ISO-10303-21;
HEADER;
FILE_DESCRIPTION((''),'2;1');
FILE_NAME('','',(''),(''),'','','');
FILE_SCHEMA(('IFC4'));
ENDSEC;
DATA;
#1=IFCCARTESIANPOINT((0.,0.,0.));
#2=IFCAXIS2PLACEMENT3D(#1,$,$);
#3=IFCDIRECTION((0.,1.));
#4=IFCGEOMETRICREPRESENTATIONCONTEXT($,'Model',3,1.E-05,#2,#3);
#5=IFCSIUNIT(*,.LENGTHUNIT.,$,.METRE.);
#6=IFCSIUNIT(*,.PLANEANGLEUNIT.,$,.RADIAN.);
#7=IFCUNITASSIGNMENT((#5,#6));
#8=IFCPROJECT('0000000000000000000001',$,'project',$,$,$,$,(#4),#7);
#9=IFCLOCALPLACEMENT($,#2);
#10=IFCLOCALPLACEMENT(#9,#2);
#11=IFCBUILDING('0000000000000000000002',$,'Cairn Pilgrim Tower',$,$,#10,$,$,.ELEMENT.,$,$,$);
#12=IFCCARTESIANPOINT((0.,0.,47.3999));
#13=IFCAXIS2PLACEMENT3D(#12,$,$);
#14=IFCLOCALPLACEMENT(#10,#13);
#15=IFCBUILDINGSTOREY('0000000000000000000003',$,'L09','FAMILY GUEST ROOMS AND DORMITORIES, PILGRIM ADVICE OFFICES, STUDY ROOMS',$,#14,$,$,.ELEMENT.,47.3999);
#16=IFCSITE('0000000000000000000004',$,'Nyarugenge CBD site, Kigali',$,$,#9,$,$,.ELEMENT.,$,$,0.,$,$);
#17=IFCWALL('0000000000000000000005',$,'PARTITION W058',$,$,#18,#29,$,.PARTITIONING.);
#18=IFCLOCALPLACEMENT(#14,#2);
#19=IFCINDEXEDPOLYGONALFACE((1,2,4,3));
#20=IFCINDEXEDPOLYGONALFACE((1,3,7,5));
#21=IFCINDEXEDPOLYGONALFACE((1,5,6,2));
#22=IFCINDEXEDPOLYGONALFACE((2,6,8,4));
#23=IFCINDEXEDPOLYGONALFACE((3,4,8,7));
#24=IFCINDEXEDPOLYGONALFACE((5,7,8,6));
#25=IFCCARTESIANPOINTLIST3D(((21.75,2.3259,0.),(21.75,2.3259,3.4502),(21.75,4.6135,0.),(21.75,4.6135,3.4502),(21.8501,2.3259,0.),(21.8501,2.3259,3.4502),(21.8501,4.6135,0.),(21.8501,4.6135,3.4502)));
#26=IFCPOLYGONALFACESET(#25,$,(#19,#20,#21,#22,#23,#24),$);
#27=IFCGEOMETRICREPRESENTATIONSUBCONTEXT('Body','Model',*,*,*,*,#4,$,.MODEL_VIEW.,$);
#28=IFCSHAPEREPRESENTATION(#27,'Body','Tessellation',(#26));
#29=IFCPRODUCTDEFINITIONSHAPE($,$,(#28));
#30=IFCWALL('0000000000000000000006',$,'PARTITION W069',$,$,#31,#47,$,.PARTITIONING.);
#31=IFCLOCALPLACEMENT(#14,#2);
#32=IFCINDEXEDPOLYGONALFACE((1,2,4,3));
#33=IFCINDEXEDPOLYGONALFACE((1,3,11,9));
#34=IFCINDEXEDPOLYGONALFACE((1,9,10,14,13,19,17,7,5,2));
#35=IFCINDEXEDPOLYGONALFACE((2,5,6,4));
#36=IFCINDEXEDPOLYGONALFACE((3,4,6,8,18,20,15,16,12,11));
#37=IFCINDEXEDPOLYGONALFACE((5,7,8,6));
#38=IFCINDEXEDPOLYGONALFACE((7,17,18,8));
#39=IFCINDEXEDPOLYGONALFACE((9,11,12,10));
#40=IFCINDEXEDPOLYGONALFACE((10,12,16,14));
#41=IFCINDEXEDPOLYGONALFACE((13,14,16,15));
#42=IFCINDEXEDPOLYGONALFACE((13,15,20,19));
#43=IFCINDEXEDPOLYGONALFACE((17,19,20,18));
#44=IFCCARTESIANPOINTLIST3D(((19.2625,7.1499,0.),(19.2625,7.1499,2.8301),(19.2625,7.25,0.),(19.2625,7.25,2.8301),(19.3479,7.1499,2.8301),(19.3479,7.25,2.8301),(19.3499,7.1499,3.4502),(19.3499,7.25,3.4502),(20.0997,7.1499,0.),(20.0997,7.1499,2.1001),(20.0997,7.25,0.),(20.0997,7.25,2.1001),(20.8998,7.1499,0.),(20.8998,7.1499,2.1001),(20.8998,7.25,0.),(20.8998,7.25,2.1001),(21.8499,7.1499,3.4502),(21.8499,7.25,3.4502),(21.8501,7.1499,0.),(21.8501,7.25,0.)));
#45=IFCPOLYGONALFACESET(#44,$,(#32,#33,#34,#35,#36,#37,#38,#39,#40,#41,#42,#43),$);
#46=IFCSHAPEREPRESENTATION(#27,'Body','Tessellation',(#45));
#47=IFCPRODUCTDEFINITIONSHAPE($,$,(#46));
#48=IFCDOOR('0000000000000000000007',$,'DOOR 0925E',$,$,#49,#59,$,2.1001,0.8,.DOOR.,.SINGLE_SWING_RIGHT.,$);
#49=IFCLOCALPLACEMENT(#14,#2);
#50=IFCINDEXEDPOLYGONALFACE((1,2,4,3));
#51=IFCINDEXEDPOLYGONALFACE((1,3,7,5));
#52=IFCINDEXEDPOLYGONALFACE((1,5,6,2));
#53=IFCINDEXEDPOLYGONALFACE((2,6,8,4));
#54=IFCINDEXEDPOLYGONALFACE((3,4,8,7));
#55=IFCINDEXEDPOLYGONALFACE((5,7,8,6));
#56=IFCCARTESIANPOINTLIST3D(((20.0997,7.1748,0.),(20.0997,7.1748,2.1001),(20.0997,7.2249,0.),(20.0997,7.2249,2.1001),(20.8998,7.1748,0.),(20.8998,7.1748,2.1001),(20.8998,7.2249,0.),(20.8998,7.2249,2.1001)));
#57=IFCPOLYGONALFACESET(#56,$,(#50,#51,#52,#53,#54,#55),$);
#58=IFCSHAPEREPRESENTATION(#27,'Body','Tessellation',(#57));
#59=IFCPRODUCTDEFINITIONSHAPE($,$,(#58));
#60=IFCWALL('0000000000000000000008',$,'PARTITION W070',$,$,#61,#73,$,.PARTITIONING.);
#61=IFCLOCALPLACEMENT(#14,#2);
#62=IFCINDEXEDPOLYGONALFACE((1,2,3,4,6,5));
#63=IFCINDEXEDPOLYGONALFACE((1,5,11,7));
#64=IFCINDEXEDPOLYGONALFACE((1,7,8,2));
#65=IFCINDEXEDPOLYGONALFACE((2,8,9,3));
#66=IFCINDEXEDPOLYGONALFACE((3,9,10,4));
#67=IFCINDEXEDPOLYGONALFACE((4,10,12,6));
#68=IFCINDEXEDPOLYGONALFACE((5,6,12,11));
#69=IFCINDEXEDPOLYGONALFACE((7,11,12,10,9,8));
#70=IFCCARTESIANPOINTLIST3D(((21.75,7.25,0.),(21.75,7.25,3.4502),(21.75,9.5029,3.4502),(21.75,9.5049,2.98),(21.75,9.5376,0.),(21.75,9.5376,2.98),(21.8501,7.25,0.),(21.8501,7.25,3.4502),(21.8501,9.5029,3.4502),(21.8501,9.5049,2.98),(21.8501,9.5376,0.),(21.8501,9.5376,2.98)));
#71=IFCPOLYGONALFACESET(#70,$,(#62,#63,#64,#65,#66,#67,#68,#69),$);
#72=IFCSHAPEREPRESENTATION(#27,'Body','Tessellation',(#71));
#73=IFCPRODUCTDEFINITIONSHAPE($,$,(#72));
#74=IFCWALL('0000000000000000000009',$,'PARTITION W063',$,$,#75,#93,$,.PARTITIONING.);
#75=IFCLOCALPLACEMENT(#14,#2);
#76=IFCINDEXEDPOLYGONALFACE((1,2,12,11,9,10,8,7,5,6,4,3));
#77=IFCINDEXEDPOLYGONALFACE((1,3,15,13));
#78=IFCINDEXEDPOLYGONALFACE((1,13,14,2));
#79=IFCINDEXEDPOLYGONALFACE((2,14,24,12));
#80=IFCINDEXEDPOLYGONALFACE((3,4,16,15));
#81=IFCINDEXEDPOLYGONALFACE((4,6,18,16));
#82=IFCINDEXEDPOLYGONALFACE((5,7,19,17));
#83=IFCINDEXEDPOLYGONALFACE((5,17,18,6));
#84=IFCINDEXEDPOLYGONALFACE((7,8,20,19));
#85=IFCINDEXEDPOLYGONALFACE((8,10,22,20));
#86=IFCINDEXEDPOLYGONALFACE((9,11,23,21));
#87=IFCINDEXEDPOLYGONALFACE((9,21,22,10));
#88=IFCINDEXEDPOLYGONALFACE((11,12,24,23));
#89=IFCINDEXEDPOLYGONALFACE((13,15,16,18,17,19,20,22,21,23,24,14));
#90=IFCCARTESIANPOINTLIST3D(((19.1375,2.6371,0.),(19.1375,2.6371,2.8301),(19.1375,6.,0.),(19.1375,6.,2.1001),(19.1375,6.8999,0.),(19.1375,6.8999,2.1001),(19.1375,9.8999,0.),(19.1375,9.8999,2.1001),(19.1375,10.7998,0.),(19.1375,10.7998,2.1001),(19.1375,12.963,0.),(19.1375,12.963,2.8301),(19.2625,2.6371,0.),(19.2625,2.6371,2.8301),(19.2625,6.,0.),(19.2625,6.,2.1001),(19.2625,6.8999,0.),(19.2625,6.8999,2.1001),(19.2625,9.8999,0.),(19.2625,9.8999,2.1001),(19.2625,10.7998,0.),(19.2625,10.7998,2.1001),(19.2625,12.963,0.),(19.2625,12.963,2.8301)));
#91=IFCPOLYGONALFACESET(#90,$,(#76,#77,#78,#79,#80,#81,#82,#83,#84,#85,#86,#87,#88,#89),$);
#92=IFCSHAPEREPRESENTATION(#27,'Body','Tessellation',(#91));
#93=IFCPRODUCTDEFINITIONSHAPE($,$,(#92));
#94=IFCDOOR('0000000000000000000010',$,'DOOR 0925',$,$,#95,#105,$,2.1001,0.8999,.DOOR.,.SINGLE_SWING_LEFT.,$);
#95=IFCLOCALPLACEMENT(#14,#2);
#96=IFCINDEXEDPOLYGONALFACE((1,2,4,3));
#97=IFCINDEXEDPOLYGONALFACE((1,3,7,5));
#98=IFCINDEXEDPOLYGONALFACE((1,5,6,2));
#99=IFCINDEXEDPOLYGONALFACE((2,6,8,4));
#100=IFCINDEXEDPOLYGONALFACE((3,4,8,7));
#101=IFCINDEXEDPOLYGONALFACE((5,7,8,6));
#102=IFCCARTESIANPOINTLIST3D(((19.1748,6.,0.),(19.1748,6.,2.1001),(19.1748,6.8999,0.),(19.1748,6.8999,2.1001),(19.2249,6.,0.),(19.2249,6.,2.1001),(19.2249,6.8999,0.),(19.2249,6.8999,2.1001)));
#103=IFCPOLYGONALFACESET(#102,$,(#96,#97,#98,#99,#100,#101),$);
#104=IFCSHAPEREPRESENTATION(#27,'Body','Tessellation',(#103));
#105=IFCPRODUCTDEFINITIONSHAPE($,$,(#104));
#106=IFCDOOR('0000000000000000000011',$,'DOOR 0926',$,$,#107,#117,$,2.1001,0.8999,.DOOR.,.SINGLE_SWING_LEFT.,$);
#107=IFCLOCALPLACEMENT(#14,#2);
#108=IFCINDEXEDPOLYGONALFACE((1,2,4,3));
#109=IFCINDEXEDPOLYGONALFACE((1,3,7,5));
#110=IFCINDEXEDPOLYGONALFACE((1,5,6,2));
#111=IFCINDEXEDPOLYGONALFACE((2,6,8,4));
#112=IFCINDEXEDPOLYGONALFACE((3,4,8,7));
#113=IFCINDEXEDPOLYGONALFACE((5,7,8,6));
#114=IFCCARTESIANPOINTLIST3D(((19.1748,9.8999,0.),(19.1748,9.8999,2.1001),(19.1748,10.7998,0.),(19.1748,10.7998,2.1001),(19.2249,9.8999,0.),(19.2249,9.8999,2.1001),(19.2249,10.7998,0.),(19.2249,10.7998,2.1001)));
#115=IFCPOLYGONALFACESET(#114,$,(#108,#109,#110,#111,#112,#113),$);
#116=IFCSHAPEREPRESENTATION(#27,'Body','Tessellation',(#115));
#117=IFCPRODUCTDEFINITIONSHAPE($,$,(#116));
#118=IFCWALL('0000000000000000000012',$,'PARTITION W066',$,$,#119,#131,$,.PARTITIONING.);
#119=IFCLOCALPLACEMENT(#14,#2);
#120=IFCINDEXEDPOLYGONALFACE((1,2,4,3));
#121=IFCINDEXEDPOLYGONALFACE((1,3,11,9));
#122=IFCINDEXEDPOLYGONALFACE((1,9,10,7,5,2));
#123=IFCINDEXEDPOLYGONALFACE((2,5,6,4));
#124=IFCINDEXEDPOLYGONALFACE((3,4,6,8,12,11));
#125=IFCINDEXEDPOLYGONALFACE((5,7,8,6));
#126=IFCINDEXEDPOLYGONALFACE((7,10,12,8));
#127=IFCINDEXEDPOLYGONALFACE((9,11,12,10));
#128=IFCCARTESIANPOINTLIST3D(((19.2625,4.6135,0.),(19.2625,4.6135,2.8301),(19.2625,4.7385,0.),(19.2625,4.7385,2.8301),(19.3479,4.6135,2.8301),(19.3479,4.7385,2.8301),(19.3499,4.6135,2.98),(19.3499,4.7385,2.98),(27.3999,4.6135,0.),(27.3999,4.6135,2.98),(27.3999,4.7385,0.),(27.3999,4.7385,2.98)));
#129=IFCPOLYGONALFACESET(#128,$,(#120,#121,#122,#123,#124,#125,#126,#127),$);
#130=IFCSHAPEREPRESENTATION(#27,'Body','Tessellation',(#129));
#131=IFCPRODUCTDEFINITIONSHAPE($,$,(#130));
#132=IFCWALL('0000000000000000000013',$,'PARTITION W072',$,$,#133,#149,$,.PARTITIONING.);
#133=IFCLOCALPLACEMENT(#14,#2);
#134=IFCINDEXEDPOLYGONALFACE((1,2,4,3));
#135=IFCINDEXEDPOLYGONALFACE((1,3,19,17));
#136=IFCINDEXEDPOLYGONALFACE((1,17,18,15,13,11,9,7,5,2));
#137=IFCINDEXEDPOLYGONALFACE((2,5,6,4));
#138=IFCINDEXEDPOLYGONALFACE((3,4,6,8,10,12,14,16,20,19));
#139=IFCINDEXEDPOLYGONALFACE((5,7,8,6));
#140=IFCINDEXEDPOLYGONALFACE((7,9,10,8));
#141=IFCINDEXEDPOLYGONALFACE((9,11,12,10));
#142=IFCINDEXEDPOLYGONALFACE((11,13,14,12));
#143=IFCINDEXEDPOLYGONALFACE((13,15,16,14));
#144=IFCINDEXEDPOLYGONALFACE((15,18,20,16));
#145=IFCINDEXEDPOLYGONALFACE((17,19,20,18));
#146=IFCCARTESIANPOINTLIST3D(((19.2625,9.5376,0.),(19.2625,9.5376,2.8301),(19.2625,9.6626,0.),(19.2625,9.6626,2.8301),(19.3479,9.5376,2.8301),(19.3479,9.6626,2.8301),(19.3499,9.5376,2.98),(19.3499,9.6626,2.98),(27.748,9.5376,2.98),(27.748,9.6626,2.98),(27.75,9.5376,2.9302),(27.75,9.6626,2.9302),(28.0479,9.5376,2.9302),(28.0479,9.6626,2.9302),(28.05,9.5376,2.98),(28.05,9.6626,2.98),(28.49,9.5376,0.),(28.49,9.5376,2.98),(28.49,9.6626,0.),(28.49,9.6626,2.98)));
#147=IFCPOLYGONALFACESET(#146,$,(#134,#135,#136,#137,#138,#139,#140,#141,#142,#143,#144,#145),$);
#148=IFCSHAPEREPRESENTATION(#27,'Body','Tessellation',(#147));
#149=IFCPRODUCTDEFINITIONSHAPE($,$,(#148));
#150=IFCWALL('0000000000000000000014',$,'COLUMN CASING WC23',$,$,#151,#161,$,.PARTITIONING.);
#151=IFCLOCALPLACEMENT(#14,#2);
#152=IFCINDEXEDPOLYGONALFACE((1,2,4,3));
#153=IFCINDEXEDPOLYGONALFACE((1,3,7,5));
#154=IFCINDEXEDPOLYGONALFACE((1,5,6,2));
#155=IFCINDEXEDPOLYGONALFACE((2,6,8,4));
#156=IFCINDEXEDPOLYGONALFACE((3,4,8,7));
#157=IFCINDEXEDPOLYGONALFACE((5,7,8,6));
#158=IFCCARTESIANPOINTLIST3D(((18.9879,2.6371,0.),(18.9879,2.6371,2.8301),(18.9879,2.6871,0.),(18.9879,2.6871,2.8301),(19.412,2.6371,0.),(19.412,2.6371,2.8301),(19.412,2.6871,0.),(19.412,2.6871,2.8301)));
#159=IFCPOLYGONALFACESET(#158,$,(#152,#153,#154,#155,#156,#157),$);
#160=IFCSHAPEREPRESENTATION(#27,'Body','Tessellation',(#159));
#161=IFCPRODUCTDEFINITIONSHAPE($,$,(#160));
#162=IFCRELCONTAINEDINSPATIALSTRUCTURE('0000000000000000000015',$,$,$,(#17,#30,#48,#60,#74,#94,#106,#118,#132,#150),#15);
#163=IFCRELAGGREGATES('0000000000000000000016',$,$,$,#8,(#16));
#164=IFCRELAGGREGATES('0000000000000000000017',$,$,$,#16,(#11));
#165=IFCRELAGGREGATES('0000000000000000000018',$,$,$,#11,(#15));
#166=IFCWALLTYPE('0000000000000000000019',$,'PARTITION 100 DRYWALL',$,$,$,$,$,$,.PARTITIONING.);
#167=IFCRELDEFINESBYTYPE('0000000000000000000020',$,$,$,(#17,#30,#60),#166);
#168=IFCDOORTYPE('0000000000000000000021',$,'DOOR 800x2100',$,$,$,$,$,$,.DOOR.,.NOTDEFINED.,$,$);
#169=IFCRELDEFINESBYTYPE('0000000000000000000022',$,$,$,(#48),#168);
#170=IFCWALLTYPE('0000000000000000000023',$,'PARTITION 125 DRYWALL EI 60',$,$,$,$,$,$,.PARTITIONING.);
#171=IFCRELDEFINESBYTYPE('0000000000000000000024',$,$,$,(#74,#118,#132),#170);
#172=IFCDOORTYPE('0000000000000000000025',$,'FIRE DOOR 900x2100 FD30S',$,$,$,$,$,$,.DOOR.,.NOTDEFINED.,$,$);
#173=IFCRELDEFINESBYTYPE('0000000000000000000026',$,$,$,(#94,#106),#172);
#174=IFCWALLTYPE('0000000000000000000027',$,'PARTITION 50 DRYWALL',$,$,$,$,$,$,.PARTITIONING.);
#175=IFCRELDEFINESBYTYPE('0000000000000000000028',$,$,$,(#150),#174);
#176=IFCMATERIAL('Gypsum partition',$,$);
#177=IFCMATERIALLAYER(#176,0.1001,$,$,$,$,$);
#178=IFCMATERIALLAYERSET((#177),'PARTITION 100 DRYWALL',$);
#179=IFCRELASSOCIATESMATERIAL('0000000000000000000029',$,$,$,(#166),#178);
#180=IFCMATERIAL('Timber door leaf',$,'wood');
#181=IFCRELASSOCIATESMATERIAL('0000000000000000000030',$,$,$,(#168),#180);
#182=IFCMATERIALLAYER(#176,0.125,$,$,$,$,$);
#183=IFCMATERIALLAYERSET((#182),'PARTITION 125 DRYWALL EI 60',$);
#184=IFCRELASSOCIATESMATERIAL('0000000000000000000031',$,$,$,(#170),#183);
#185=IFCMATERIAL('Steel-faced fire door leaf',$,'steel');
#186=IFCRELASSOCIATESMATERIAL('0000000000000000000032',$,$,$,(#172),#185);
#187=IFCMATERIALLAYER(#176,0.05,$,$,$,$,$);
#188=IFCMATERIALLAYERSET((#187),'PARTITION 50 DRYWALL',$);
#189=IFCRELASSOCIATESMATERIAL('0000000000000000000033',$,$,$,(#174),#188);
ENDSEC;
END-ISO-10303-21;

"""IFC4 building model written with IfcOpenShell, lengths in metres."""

from ifc_helpers import new_model, si_unit, direction, frame, frame_2d, origin, place, context, subcontext, project, spatial, polyline, rectangle, outline, extrude, material, layer, layer_set, type_object, element, fill, save


model = new_model("IFC4")

# Units and contexts
model_context = context("Model", 3, precision=1e-05, world=origin(), true_north=direction((0.0, 1.0)))
body_context = subcontext(model_context, "Body", "Model", "MODEL_VIEW")
ifc_project = project(units=[si_unit("LENGTHUNIT", "METRE"), si_unit("PLANEANGLEUNIT", "RADIAN")], contexts=[model_context])

# Site, building, storey
site_placement = place(None, origin())
site = spatial("IfcSite", under=ifc_project, at=site_placement, Name="Nyarugenge CBD site, Kigali", CompositionType="ELEMENT", RefElevation=0.0)
building_placement = place(site_placement, origin())
building = spatial("IfcBuilding", under=site, at=building_placement, Name="Cairn Pilgrim Tower", CompositionType="ELEMENT")
storey_placement = place(building_placement, frame((0.0, 0.0, 47.3999)))
storey = spatial("IfcBuildingStorey", under=building, at=storey_placement, Name="L09", Description="FAMILY GUEST ROOMS AND DORMITORIES, PILGRIM ADVICE OFFICES, STUDY ROOMS", CompositionType="ELEMENT", Elevation=47.3999)

# Shared definitions
ifc_material_1 = material(Name="Gypsum partition")
ifc_layer_1 = layer(ifc_material_1, 0.1001)
ifc_layer_set_1 = layer_set([ifc_layer_1], Name="PARTITION 100 DRYWALL")
wall_type_1 = type_object("IfcWallType", Name="PARTITION 100 DRYWALL", PredefinedType="PARTITIONING", material=ifc_layer_set_1)
ifc_material_2 = material(Name="Timber door leaf", Category="wood")
door_type_1 = type_object("IfcDoorType", Name="DOOR 800x2100", OperationType="NOTDEFINED", PredefinedType="DOOR", material=ifc_material_2)

# Wall
wall_1_placement = place(storey_placement, frame((21.8, 2.3259, 0.0), z_axis=(0.0, 0.0, 1.0), x_axis=(0.0, 1.0, 0.0)))
element("IfcWall", 1, at=wall_1_placement, inside=storey, type_object=wall_type_1, Name="PARTITION W058", PredefinedType="PARTITIONING", context=body_context, shape_type="SweptSolid", body=[
    extrude(rectangle(XDim=2.2876, YDim=0.1001, at=frame_2d((1.1438, 0.0))), origin(), (0.0, 0.0, 1.0), 3.4502),
])

# Wall, opening, door
wall_2_placement = place(storey_placement, frame((19.2625, 7.2, 0.0), z_axis=(0.0, 0.0, 1.0), x_axis=(1.0, 0.0, 0.0)))
wall_2 = element("IfcWall", 2, at=wall_2_placement, inside=storey, type_object=wall_type_1, Name="PARTITION W069", PredefinedType="PARTITIONING", context=body_context, shape_type="SweptSolid", body=[
    extrude(outline(polyline([(0.0, 0.0), (2.5876, 0.0), (2.5874, 3.4502), (0.0874, 3.4502), (0.0854, 2.8301), (0.0, 2.8301), (0.0, 0.0)])), frame((0.0, 0.05, 0.0), z_axis=(0.0, -1.0, 0.0), x_axis=(1.0, 0.0, 0.0)), (0.0, 0.0, 1.0), 0.1001),
])
opening_1_placement = place(wall_2_placement, frame((0.8374, 0.0, 0.0)))
opening_1 = element("IfcOpeningElement", 3, at=opening_1_placement, cuts=wall_2, PredefinedType="OPENING", context=body_context, shape_type="SweptSolid", body=[
    extrude(rectangle(XDim=0.8, YDim=2.1001, at=frame_2d((0.3999, 1.05))), frame((0.0, 0.0601, 0.0), z_axis=(0.0, -1.0, 0.0), x_axis=(1.0, 0.0, 0.0)), (0.0, 0.0, 1.0), 0.1201),
])
door_1_placement = place(opening_1_placement, origin())
door_1 = element("IfcDoor", 4, at=door_1_placement, inside=storey, type_object=door_type_1, Name="DOOR 0925E", OperationType="SINGLE_SWING_RIGHT", OverallHeight=2.1001, OverallWidth=0.8, PredefinedType="DOOR", context=body_context, shape_type="SweptSolid", body=[
    extrude(rectangle(XDim=0.8, YDim=2.1001, at=frame_2d((0.3999, 1.05))), frame((0.0, 0.0249, 0.0), z_axis=(0.0, -1.0, 0.0), x_axis=(1.0, 0.0, 0.0)), (0.0, 0.0, 1.0), 0.05),
])
fill(opening_1, door_1)

# Wall
wall_3_placement = place(storey_placement, frame((21.8, 7.25, 0.0), z_axis=(0.0, 0.0, 1.0), x_axis=(0.0, 1.0, 0.0)))
element("IfcWall", 5, at=wall_3_placement, inside=storey, type_object=wall_type_1, Name="PARTITION W070", PredefinedType="PARTITIONING", context=body_context, shape_type="SweptSolid", body=[
    extrude(outline(polyline([(0.0, 0.0), (2.2876, 0.0), (2.2876, 2.98), (2.2549, 2.98), (2.2529, 3.4502), (0.0, 3.4502), (0.0, 0.0)])), frame((0.0, 0.05, 0.0), z_axis=(0.0, -1.0, 0.0), x_axis=(1.0, 0.0, 0.0)), (0.0, 0.0, 1.0), 0.1001),
])

# Wall, openings, doors
ifc_layer_2 = layer(ifc_material_1, 0.125)
ifc_layer_set_2 = layer_set([ifc_layer_2], Name="PARTITION 125 DRYWALL EI 60")
wall_type_2 = type_object("IfcWallType", Name="PARTITION 125 DRYWALL EI 60", PredefinedType="PARTITIONING", material=ifc_layer_set_2)
wall_4_placement = place(storey_placement, frame((19.2, 2.637, 0.0), z_axis=(0.0, 0.0, 1.0), x_axis=(0.0, 1.0, 0.0)))
wall_4 = element("IfcWall", 6, at=wall_4_placement, inside=storey, type_object=wall_type_2, Name="PARTITION W063", PredefinedType="PARTITIONING", context=body_context, shape_type="SweptSolid", body=[
    extrude(rectangle(XDim=10.3259, YDim=0.125, at=frame_2d((5.1631, 0.0))), origin(), (0.0, 0.0, 1.0), 2.8301),
])
opening_2_placement = place(wall_4_placement, frame((3.363, 0.0, 0.0)))
opening_2 = element("IfcOpeningElement", 7, at=opening_2_placement, cuts=wall_4, PredefinedType="OPENING", context=body_context, shape_type="SweptSolid", body=[
    extrude(rectangle(XDim=0.8999, YDim=2.1001, at=frame_2d((0.45, 1.05))), frame((0.0, 0.0725, 0.0), z_axis=(0.0, -1.0, 0.0), x_axis=(1.0, 0.0, 0.0)), (0.0, 0.0, 1.0), 0.145),
])
opening_3_placement = place(wall_4_placement, frame((7.2629, 0.0, 0.0)))
opening_3 = element("IfcOpeningElement", 8, at=opening_3_placement, cuts=wall_4, PredefinedType="OPENING", context=body_context, shape_type="SweptSolid", body=[
    extrude(rectangle(XDim=0.8999, YDim=2.1001, at=frame_2d((0.45, 1.05))), frame((0.0, 0.0725, 0.0), z_axis=(0.0, -1.0, 0.0), x_axis=(1.0, 0.0, 0.0)), (0.0, 0.0, 1.0), 0.145),
])
ifc_material_3 = material(Name="Steel-faced fire door leaf", Category="steel")
door_type_2 = type_object("IfcDoorType", Name="FIRE DOOR 900x2100 FD30S", OperationType="NOTDEFINED", PredefinedType="DOOR", material=ifc_material_3)
door_2_placement = place(opening_2_placement, frame((0.8999, 0.0, 0.0), z_axis=(0.0, 0.0, 1.0), x_axis=(-1.0, 0.0, 0.0)))
door_2 = element("IfcDoor", 9, at=door_2_placement, inside=storey, type_object=door_type_2, Name="DOOR 0925", OperationType="SINGLE_SWING_LEFT", OverallHeight=2.1001, OverallWidth=0.8999, PredefinedType="DOOR", context=body_context, shape_type="SweptSolid", body=[
    extrude(rectangle(XDim=0.8999, YDim=2.1001, at=frame_2d((0.45, 1.05))), frame((0.0, 0.0249, 0.0), z_axis=(0.0, -1.0, 0.0), x_axis=(1.0, 0.0, 0.0)), (0.0, 0.0, 1.0), 0.05),
])
fill(opening_2, door_2)
door_3_placement = place(opening_3_placement, frame((0.8999, 0.0, 0.0), z_axis=(0.0, 0.0, 1.0), x_axis=(-1.0, 0.0, 0.0)))
door_3 = element("IfcDoor", 10, at=door_3_placement, inside=storey, type_object=door_type_2, Name="DOOR 0926", OperationType="SINGLE_SWING_LEFT", OverallHeight=2.1001, OverallWidth=0.8999, PredefinedType="DOOR", context=body_context, shape_type="SweptSolid", body=[
    extrude(rectangle(XDim=0.8999, YDim=2.1001, at=frame_2d((0.45, 1.05))), frame((0.0, 0.0249, 0.0), z_axis=(0.0, -1.0, 0.0), x_axis=(1.0, 0.0, 0.0)), (0.0, 0.0, 1.0), 0.05),
])
fill(opening_3, door_3)

# Walls
wall_5_placement = place(storey_placement, frame((19.2625, 4.676, 0.0), z_axis=(0.0, 0.0, 1.0), x_axis=(1.0, 0.0, 0.0)))
element("IfcWall", 11, at=wall_5_placement, inside=storey, type_object=wall_type_2, Name="PARTITION W066", PredefinedType="PARTITIONING", context=body_context, shape_type="SweptSolid", body=[
    extrude(outline(polyline([(0.0, 0.0), (8.1375, 0.0), (8.1375, 2.98), (0.0874, 2.98), (0.0854, 2.8301), (0.0, 2.8301), (0.0, 0.0)])), frame((0.0, 0.0625, 0.0), z_axis=(0.0, -1.0, 0.0), x_axis=(1.0, 0.0, 0.0)), (0.0, 0.0, 1.0), 0.125),
])
wall_6_placement = place(storey_placement, frame((19.2625, 9.6001, 0.0), z_axis=(0.0, 0.0, 1.0), x_axis=(1.0, 0.0, 0.0)))
element("IfcWall", 12, at=wall_6_placement, inside=storey, type_object=wall_type_2, Name="PARTITION W072", PredefinedType="PARTITIONING", context=body_context, shape_type="SweptSolid", body=[
    extrude(outline(polyline([(0.0, 0.0), (9.2275, 0.0), (9.2275, 2.98), (8.7876, 2.98), (8.7854, 2.9302), (8.4875, 2.9302), (8.4856, 2.98), (0.0874, 2.98), (0.0854, 2.8301), (0.0, 2.8301), (0.0, 0.0)])), frame((0.0, 0.0625, 0.0), z_axis=(0.0, -1.0, 0.0), x_axis=(1.0, 0.0, 0.0)), (0.0, 0.0, 1.0), 0.125),
])
ifc_layer_3 = layer(ifc_material_1, 0.05)
ifc_layer_set_3 = layer_set([ifc_layer_3], Name="PARTITION 50 DRYWALL")
wall_type_3 = type_object("IfcWallType", Name="PARTITION 50 DRYWALL", PredefinedType="PARTITIONING", material=ifc_layer_set_3)
wall_7_placement = place(storey_placement, frame((18.988, 2.6621, 0.0), z_axis=(0.0, 0.0, 1.0), x_axis=(1.0, 0.0, 0.0)))
element("IfcWall", 13, at=wall_7_placement, inside=storey, type_object=wall_type_3, Name="COLUMN CASING WC23", PredefinedType="PARTITIONING", context=body_context, shape_type="SweptSolid", body=[
    extrude(rectangle(XDim=0.4241, YDim=0.05, at=frame_2d((0.2119, 0.0))), origin(), (0.0, 0.0, 1.0), 2.8301),
])

save(model, "model.ifc")
